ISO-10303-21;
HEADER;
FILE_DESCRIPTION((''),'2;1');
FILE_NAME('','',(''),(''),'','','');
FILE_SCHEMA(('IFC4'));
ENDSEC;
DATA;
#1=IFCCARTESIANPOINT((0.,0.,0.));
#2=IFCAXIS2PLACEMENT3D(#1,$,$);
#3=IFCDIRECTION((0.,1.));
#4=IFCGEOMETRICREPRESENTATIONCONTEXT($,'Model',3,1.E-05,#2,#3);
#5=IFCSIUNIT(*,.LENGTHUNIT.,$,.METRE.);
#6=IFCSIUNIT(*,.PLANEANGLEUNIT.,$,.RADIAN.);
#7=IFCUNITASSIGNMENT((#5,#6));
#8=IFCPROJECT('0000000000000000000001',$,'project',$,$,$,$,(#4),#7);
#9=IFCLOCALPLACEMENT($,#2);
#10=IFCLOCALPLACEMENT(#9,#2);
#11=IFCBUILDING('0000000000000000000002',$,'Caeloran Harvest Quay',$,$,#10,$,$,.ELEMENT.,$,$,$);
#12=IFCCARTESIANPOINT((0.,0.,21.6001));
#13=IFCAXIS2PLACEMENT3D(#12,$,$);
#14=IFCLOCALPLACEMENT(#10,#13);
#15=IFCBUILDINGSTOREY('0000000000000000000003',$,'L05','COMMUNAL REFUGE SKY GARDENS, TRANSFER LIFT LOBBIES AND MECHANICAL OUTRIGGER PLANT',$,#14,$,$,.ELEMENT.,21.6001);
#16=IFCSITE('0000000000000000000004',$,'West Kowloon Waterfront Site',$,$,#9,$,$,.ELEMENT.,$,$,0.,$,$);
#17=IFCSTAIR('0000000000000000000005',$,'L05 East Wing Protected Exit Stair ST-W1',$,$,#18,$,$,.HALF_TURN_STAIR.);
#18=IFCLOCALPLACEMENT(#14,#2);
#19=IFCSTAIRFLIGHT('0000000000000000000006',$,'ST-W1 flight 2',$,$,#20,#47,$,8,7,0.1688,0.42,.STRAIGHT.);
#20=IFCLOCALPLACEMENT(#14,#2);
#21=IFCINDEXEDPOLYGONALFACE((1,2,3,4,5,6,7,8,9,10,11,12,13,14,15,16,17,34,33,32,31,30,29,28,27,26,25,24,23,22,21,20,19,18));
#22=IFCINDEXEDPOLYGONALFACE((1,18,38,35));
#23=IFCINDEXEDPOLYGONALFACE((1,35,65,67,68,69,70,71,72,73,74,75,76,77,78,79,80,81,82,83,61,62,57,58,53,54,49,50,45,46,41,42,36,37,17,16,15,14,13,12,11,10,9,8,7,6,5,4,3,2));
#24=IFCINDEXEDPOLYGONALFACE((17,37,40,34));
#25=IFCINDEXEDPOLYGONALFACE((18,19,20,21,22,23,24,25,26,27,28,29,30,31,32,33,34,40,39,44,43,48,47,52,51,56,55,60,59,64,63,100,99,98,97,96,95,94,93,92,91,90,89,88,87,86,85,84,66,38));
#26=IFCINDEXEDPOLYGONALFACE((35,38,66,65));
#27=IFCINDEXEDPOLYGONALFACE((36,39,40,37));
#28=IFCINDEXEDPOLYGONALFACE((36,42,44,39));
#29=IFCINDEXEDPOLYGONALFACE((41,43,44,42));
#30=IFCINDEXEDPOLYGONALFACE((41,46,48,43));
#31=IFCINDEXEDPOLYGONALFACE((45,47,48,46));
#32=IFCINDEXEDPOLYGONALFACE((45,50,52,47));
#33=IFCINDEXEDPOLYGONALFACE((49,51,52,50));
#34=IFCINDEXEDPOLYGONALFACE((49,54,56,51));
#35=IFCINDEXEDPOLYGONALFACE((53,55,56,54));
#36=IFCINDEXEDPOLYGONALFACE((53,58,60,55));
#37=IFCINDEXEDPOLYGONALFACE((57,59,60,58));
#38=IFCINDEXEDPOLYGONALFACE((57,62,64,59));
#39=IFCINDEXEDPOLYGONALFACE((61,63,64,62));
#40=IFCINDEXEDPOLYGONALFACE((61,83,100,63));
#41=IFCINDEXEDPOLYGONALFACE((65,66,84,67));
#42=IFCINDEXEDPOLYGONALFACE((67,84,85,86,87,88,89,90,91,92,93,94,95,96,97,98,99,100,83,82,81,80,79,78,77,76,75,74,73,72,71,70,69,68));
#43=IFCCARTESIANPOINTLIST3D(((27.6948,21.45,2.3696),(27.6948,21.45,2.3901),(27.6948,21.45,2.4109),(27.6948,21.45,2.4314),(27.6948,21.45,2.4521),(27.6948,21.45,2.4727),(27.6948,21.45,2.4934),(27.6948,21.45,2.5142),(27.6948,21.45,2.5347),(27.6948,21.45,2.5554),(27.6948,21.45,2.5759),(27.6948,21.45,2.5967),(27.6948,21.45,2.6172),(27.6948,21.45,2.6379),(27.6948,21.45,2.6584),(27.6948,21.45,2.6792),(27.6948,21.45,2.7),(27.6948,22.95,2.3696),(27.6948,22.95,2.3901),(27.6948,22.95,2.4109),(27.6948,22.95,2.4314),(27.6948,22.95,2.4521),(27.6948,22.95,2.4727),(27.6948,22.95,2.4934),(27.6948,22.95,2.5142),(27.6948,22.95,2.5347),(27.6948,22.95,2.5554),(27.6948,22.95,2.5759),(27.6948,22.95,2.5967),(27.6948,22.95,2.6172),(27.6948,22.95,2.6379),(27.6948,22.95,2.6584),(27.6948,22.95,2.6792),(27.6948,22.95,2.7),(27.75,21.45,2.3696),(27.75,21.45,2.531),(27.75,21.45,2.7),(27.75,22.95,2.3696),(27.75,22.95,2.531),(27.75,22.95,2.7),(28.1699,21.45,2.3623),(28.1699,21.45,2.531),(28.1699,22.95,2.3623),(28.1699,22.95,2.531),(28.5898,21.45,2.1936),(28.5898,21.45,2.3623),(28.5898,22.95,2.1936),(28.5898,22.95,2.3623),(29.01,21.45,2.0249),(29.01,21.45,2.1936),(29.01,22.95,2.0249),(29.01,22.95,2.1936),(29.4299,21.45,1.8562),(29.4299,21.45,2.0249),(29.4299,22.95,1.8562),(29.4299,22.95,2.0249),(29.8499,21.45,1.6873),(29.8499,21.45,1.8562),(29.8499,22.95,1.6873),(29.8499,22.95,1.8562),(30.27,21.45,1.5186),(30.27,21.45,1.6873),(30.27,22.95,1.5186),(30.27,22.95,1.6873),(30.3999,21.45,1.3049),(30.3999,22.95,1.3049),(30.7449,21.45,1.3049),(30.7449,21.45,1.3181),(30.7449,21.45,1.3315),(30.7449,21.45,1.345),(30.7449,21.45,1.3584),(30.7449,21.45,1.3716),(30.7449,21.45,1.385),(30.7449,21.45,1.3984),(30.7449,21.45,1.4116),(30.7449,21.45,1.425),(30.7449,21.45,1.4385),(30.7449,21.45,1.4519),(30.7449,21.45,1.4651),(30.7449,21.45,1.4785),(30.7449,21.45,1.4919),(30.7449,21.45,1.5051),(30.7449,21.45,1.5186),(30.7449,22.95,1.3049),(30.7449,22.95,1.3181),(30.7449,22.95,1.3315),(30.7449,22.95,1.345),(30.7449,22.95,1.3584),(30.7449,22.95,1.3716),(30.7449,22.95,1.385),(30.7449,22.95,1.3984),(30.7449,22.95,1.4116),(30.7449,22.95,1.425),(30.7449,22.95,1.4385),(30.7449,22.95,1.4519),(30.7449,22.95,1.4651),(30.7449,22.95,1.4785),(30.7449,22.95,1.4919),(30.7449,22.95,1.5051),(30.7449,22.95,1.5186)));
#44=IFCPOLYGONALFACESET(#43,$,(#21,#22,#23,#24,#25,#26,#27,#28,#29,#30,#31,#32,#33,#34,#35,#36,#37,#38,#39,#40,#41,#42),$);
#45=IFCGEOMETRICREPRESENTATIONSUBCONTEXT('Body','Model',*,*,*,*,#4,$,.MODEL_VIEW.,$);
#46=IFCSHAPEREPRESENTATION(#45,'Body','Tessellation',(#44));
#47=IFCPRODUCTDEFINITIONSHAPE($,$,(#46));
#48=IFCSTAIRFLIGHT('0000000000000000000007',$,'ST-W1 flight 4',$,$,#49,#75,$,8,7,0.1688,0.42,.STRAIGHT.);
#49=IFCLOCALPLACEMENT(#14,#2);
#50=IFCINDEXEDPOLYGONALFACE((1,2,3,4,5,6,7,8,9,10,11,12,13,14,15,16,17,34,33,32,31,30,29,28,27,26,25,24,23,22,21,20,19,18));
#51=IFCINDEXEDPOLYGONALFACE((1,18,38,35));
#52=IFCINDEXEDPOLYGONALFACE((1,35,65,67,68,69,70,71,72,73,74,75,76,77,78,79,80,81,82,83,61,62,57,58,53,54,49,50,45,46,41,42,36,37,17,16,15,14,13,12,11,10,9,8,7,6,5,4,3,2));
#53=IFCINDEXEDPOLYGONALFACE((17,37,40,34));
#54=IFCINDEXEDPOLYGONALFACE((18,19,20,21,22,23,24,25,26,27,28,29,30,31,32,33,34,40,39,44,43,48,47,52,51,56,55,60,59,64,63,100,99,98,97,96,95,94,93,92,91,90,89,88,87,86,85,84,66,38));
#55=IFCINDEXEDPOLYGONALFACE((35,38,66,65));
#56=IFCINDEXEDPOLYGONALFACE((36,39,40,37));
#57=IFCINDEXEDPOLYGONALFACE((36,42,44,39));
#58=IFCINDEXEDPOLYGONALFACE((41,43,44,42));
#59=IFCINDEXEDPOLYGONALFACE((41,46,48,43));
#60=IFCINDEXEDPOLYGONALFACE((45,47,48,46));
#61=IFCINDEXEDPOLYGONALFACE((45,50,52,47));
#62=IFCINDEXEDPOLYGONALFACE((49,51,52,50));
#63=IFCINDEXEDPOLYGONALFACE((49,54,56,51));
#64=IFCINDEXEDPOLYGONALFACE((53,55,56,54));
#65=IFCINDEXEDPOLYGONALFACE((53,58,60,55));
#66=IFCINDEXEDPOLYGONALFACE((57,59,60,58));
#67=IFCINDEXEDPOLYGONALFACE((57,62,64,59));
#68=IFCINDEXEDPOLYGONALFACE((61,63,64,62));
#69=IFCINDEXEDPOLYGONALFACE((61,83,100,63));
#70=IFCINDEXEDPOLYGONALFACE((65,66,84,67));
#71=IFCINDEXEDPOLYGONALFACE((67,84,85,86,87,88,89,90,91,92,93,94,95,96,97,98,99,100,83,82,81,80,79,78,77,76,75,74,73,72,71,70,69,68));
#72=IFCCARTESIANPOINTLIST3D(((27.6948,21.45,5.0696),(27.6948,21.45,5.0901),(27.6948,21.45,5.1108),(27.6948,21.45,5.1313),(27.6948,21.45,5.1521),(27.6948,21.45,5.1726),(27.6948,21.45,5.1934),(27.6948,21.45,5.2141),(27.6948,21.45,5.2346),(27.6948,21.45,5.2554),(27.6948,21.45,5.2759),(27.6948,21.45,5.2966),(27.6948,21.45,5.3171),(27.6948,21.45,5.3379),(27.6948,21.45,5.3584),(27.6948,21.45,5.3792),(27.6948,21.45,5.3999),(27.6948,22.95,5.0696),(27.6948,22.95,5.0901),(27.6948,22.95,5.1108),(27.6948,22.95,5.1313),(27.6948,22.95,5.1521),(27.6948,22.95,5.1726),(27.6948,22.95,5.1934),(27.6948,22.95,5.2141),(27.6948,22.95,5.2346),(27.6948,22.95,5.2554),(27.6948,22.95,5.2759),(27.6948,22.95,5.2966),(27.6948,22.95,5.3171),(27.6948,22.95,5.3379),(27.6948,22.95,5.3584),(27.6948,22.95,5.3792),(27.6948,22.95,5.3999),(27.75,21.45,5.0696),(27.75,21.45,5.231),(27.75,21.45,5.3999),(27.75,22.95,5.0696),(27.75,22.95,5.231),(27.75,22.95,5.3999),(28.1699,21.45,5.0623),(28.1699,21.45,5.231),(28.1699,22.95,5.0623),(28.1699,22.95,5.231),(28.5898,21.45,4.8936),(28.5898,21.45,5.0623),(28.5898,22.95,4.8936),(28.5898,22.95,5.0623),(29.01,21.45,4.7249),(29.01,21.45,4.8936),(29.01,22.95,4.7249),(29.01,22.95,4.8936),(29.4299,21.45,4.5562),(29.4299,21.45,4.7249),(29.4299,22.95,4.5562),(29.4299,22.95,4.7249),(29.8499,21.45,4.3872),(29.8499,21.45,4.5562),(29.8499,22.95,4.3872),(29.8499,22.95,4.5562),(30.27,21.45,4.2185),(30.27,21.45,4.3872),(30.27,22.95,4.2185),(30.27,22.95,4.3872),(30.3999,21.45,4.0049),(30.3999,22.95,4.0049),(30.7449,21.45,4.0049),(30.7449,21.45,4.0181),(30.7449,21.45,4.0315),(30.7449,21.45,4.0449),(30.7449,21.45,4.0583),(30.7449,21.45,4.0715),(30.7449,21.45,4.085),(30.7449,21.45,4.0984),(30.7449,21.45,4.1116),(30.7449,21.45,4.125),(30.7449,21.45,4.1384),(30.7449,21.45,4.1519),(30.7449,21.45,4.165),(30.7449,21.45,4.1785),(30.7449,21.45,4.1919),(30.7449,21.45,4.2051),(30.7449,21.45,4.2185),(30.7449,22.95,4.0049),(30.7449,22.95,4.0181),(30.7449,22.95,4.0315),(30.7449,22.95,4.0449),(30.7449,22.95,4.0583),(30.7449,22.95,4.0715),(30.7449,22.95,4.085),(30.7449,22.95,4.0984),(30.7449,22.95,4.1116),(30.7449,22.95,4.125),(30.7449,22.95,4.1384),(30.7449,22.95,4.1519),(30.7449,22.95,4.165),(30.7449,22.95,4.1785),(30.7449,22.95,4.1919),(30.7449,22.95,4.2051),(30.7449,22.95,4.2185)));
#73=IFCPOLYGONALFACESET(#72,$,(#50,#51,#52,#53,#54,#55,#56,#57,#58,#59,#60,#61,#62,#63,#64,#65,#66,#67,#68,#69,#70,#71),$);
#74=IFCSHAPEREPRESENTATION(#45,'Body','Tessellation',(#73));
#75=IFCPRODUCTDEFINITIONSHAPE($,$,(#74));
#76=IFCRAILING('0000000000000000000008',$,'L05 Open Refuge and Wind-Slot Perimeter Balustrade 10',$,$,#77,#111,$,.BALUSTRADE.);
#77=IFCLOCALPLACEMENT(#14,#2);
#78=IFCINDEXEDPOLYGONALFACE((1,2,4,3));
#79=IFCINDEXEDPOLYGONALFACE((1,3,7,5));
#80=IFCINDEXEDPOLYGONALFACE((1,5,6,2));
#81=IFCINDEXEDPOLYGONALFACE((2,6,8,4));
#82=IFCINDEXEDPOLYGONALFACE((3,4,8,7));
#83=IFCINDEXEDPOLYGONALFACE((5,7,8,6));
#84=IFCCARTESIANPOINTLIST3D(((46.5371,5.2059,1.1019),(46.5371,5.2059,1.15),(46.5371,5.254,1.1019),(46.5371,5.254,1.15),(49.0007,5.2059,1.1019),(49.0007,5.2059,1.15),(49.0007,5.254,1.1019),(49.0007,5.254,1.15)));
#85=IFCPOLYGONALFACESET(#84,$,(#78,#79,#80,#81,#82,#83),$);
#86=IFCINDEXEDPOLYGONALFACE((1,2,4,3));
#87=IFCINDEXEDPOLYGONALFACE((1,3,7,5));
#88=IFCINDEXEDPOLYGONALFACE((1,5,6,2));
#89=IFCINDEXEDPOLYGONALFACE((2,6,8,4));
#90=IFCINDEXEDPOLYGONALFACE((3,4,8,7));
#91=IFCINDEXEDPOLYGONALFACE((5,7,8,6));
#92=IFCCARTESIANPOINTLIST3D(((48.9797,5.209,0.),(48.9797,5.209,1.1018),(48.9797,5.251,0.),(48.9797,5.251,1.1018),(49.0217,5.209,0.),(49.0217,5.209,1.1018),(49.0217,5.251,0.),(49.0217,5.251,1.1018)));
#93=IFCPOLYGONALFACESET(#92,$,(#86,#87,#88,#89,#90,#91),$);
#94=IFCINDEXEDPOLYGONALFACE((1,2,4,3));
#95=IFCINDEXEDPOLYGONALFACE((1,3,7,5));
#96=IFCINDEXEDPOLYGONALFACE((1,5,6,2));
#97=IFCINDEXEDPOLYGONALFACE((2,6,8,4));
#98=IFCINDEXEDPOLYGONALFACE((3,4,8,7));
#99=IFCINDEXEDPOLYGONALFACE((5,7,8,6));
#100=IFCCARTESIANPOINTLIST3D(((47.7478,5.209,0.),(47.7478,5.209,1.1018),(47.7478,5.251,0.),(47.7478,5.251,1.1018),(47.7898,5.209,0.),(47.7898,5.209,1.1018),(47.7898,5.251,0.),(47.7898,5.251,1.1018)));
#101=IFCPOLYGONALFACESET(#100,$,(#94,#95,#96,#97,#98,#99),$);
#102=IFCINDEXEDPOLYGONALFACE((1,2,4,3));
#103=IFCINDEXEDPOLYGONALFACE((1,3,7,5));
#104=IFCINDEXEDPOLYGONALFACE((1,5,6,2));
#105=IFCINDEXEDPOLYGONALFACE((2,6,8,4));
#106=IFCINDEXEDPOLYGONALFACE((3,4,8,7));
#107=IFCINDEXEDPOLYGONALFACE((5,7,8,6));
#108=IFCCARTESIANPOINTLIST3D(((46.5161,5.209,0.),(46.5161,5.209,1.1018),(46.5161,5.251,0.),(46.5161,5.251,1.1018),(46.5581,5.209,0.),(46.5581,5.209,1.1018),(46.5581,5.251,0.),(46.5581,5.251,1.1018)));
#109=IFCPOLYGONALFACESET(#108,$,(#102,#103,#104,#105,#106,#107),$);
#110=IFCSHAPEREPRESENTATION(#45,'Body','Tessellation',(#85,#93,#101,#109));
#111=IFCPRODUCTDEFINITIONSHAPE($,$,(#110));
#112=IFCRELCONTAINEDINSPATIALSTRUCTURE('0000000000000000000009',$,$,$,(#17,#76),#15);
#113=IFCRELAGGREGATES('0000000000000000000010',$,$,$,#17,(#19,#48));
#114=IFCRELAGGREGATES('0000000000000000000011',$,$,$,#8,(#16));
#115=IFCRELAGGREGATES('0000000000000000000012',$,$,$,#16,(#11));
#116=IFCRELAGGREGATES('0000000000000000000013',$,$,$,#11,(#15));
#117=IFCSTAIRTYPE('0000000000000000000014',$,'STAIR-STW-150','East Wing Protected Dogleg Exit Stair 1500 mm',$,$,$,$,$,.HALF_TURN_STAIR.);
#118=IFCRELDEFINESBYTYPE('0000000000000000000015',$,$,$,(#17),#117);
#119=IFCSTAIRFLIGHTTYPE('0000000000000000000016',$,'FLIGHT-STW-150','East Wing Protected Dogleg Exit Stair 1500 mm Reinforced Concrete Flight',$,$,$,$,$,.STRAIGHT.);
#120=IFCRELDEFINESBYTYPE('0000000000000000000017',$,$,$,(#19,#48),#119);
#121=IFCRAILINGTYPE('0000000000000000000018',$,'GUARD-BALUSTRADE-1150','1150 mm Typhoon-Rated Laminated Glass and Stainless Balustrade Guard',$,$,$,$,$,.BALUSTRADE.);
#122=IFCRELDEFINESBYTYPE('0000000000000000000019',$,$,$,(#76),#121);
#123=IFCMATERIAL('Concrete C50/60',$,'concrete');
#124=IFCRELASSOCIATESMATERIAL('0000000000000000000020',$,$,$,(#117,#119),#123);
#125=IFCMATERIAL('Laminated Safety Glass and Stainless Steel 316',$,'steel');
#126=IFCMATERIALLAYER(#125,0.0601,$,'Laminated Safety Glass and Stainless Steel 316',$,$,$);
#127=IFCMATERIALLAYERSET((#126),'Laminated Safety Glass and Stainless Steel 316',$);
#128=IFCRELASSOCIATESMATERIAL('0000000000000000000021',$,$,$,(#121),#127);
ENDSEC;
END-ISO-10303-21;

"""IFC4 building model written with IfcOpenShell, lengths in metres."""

from ifc_helpers import new_model, si_unit, direction, frame, origin, origin_2d, place, context, subcontext, project, spatial, polyline, rectangle, outline, extrude, material, layer, layer_set, type_object, element, aggregate, save


model = new_model("IFC4")

# Units and contexts
model_context = context("Model", 3, precision=1e-05, world=origin(), true_north=direction((0.0, 1.0)))
body_context = subcontext(model_context, "Body", "Model", "MODEL_VIEW")
ifc_project = project(units=[si_unit("LENGTHUNIT", "METRE"), si_unit("PLANEANGLEUNIT", "RADIAN")], contexts=[model_context])

# Site, building, storey
site_placement = place(None, origin())
site = spatial("IfcSite", under=ifc_project, at=site_placement, Name="West Kowloon Waterfront Site", CompositionType="ELEMENT", RefElevation=0.0)
building_placement = place(site_placement, origin())
building = spatial("IfcBuilding", under=site, at=building_placement, Name="Caeloran Harvest Quay", CompositionType="ELEMENT")
storey_placement = place(building_placement, frame((0.0, 0.0, 21.6001)))
storey = spatial("IfcBuildingStorey", under=building, at=storey_placement, Name="L05", Description="COMMUNAL REFUGE SKY GARDENS, TRANSFER LIFT LOBBIES AND MECHANICAL OUTRIGGER PLANT", CompositionType="ELEMENT", Elevation=21.6001)

# Stair, stair flights
ifc_material_1 = material(Name="Concrete C50/60", Category="concrete")
stair_type = type_object("IfcStairType", Name="STAIR-STW-150", Description="East Wing Protected Dogleg Exit Stair 1500 mm", PredefinedType="HALF_TURN_STAIR", material=ifc_material_1)
stair_placement = place(storey_placement, origin())
stair = element("IfcStair", 1, at=stair_placement, inside=storey, type_object=stair_type, Name="L05 East Wing Protected Exit Stair ST-W1", PredefinedType="HALF_TURN_STAIR")
stair_flight_type = type_object("IfcStairFlightType", Name="FLIGHT-STW-150", Description="East Wing Protected Dogleg Exit Stair 1500 mm Reinforced Concrete Flight", PredefinedType="STRAIGHT", material=ifc_material_1)
stair_flight_1_placement = place(storey_placement, frame((30.6899, 22.2, 1.3499), z_axis=(0.0, 0.0, 1.0), x_axis=(-1.0, 0.0, 0.0)))
stair_flight_1 = element("IfcStairFlight", 2, at=stair_flight_1_placement, type_object=stair_flight_type, Name="ST-W1 flight 2", NumberOfRisers=8, NumberOfTreads=7, PredefinedType="STRAIGHT", RiserHeight=0.1688, TreadLength=0.42, context=body_context, shape_type="SweptSolid", body=[
    extrude(outline(polyline([(-0.0549, -0.0449), (-0.0549, -0.0317), (-0.0549, -0.0183), (-0.0549, -0.0049), (-0.0549, 0.0085), (-0.0549, 0.0217), (-0.0549, 0.0352), (-0.0549, 0.0486), (-0.0549, 0.0618), (-0.0549, 0.0752), (-0.0549, 0.0886), (-0.0549, 0.1021), (-0.0549, 0.1152), (-0.0549, 0.1287), (-0.0549, 0.1421), (-0.0549, 0.1553), (-0.0549, 0.1687), (0.4199, 0.1687), (0.4199, 0.3374), (0.8401, 0.3374), (0.8401, 0.5063), (1.26, 0.5063), (1.26, 0.675), (1.6799, 0.675), (1.6799, 0.8438), (2.1001, 0.8438), (2.1001, 1.0125), (2.52, 1.0125), (2.52, 1.1812), (2.9399, 1.1812), (2.9399, 1.3501), (2.9951, 1.3501), (2.9951, 1.3293), (2.9951, 1.3086), (2.9951, 1.2881), (2.9951, 1.2673), (2.9951, 1.2468), (2.9951, 1.2261), (2.9951, 1.2056), (2.9951, 1.1848), (2.9951, 1.1643), (2.9951, 1.1436), (2.9951, 1.1228), (2.9951, 1.1023), (2.9951, 1.0815), (2.9951, 1.061), (2.9951, 1.0403), (2.9951, 1.0198), (2.9399, 1.0198), (0.29, -0.0449), (-0.0549, -0.0449)])), frame((0.0, 0.75, 0.0), z_axis=(0.0, -1.0, 0.0), x_axis=(1.0, 0.0, 0.0)), (0.0, 0.0, 1.0), 1.5),
])
stair_flight_2_placement = place(storey_placement, frame((30.6899, 22.2, 4.0498), z_axis=(0.0, 0.0, 1.0), x_axis=(-1.0, 0.0, 0.0)))
stair_flight_2 = element("IfcStairFlight", 3, at=stair_flight_2_placement, type_object=stair_flight_type, Name="ST-W1 flight 4", NumberOfRisers=8, NumberOfTreads=7, PredefinedType="STRAIGHT", RiserHeight=0.1688, TreadLength=0.42, context=body_context, shape_type="SweptSolid", body=[
    extrude(outline(polyline([(-0.0549, -0.0449), (-0.0549, -0.0317), (-0.0549, -0.0183), (-0.0549, -0.0049), (-0.0549, 0.0085), (-0.0549, 0.0217), (-0.0549, 0.0352), (-0.0549, 0.0486), (-0.0549, 0.0618), (-0.0549, 0.0752), (-0.0549, 0.0886), (-0.0549, 0.1021), (-0.0549, 0.1152), (-0.0549, 0.1287), (-0.0549, 0.1421), (-0.0549, 0.1553), (-0.0549, 0.1687), (0.4199, 0.1687), (0.4199, 0.3374), (0.8401, 0.3374), (0.8401, 0.5063), (1.26, 0.5063), (1.26, 0.675), (1.6799, 0.675), (1.6799, 0.8438), (2.1001, 0.8438), (2.1001, 1.0125), (2.52, 1.0125), (2.52, 1.1812), (2.9399, 1.1812), (2.9399, 1.3501), (2.9951, 1.3501), (2.9951, 1.3293), (2.9951, 1.3086), (2.9951, 1.2881), (2.9951, 1.2673), (2.9951, 1.2468), (2.9951, 1.2261), (2.9951, 1.2056), (2.9951, 1.1848), (2.9951, 1.1643), (2.9951, 1.1436), (2.9951, 1.1228), (2.9951, 1.1023), (2.9951, 1.0815), (2.9951, 1.061), (2.9951, 1.0403), (2.9951, 1.0198), (2.9399, 1.0198), (0.29, -0.0449), (-0.0549, -0.0449)])), frame((0.0, 0.75, 0.0), z_axis=(0.0, -1.0, 0.0), x_axis=(1.0, 0.0, 0.0)), (0.0, 0.0, 1.0), 1.5),
])
aggregate(stair, [stair_flight_1, stair_flight_2])

# Railing
ifc_material_2 = material(Name="Laminated Safety Glass and Stainless Steel 316", Category="steel")
ifc_layer_1 = layer(ifc_material_2, 0.0601, Name="Laminated Safety Glass and Stainless Steel 316")
ifc_layer_set_1 = layer_set([ifc_layer_1], Name="Laminated Safety Glass and Stainless Steel 316")
railing_type_1 = type_object("IfcRailingType", Name="GUARD-BALUSTRADE-1150", Description="1150 mm Typhoon-Rated Laminated Glass and Stainless Balustrade Guard", PredefinedType="BALUSTRADE", material=ifc_layer_set_1)
railing_1_placement = place(storey_placement, frame((49.0007, 5.23, 0.0)))
element("IfcRailing", 4, at=railing_1_placement, inside=storey, type_object=railing_type_1, Name="L05 Open Refuge and Wind-Slot Perimeter Balustrade 10", PredefinedType="BALUSTRADE", context=body_context, shape_type="SweptSolid", body=[
    extrude(rectangle(XDim=0.0481, YDim=0.0481, at=origin_2d()), frame((0.0, 0.0, 1.126), z_axis=(-1.0, 0.0, 0.0), x_axis=(0.0, -1.0, 0.0)), (0.0, 0.0, 1.0), 2.4636),
    extrude(rectangle(XDim=0.042, YDim=0.042, at=origin_2d()), origin(), (0.0, 0.0, 1.0), 1.1018),
    extrude(rectangle(XDim=0.042, YDim=0.042, at=origin_2d()), frame((-1.2319, 0.0, 0.0)), (0.0, 0.0, 1.0), 1.1018),
    extrude(rectangle(XDim=0.042, YDim=0.042, at=origin_2d()), frame((-2.4636, 0.0, 0.0)), (0.0, 0.0, 1.0), 1.1018),
])

save(model, "model.ifc")
